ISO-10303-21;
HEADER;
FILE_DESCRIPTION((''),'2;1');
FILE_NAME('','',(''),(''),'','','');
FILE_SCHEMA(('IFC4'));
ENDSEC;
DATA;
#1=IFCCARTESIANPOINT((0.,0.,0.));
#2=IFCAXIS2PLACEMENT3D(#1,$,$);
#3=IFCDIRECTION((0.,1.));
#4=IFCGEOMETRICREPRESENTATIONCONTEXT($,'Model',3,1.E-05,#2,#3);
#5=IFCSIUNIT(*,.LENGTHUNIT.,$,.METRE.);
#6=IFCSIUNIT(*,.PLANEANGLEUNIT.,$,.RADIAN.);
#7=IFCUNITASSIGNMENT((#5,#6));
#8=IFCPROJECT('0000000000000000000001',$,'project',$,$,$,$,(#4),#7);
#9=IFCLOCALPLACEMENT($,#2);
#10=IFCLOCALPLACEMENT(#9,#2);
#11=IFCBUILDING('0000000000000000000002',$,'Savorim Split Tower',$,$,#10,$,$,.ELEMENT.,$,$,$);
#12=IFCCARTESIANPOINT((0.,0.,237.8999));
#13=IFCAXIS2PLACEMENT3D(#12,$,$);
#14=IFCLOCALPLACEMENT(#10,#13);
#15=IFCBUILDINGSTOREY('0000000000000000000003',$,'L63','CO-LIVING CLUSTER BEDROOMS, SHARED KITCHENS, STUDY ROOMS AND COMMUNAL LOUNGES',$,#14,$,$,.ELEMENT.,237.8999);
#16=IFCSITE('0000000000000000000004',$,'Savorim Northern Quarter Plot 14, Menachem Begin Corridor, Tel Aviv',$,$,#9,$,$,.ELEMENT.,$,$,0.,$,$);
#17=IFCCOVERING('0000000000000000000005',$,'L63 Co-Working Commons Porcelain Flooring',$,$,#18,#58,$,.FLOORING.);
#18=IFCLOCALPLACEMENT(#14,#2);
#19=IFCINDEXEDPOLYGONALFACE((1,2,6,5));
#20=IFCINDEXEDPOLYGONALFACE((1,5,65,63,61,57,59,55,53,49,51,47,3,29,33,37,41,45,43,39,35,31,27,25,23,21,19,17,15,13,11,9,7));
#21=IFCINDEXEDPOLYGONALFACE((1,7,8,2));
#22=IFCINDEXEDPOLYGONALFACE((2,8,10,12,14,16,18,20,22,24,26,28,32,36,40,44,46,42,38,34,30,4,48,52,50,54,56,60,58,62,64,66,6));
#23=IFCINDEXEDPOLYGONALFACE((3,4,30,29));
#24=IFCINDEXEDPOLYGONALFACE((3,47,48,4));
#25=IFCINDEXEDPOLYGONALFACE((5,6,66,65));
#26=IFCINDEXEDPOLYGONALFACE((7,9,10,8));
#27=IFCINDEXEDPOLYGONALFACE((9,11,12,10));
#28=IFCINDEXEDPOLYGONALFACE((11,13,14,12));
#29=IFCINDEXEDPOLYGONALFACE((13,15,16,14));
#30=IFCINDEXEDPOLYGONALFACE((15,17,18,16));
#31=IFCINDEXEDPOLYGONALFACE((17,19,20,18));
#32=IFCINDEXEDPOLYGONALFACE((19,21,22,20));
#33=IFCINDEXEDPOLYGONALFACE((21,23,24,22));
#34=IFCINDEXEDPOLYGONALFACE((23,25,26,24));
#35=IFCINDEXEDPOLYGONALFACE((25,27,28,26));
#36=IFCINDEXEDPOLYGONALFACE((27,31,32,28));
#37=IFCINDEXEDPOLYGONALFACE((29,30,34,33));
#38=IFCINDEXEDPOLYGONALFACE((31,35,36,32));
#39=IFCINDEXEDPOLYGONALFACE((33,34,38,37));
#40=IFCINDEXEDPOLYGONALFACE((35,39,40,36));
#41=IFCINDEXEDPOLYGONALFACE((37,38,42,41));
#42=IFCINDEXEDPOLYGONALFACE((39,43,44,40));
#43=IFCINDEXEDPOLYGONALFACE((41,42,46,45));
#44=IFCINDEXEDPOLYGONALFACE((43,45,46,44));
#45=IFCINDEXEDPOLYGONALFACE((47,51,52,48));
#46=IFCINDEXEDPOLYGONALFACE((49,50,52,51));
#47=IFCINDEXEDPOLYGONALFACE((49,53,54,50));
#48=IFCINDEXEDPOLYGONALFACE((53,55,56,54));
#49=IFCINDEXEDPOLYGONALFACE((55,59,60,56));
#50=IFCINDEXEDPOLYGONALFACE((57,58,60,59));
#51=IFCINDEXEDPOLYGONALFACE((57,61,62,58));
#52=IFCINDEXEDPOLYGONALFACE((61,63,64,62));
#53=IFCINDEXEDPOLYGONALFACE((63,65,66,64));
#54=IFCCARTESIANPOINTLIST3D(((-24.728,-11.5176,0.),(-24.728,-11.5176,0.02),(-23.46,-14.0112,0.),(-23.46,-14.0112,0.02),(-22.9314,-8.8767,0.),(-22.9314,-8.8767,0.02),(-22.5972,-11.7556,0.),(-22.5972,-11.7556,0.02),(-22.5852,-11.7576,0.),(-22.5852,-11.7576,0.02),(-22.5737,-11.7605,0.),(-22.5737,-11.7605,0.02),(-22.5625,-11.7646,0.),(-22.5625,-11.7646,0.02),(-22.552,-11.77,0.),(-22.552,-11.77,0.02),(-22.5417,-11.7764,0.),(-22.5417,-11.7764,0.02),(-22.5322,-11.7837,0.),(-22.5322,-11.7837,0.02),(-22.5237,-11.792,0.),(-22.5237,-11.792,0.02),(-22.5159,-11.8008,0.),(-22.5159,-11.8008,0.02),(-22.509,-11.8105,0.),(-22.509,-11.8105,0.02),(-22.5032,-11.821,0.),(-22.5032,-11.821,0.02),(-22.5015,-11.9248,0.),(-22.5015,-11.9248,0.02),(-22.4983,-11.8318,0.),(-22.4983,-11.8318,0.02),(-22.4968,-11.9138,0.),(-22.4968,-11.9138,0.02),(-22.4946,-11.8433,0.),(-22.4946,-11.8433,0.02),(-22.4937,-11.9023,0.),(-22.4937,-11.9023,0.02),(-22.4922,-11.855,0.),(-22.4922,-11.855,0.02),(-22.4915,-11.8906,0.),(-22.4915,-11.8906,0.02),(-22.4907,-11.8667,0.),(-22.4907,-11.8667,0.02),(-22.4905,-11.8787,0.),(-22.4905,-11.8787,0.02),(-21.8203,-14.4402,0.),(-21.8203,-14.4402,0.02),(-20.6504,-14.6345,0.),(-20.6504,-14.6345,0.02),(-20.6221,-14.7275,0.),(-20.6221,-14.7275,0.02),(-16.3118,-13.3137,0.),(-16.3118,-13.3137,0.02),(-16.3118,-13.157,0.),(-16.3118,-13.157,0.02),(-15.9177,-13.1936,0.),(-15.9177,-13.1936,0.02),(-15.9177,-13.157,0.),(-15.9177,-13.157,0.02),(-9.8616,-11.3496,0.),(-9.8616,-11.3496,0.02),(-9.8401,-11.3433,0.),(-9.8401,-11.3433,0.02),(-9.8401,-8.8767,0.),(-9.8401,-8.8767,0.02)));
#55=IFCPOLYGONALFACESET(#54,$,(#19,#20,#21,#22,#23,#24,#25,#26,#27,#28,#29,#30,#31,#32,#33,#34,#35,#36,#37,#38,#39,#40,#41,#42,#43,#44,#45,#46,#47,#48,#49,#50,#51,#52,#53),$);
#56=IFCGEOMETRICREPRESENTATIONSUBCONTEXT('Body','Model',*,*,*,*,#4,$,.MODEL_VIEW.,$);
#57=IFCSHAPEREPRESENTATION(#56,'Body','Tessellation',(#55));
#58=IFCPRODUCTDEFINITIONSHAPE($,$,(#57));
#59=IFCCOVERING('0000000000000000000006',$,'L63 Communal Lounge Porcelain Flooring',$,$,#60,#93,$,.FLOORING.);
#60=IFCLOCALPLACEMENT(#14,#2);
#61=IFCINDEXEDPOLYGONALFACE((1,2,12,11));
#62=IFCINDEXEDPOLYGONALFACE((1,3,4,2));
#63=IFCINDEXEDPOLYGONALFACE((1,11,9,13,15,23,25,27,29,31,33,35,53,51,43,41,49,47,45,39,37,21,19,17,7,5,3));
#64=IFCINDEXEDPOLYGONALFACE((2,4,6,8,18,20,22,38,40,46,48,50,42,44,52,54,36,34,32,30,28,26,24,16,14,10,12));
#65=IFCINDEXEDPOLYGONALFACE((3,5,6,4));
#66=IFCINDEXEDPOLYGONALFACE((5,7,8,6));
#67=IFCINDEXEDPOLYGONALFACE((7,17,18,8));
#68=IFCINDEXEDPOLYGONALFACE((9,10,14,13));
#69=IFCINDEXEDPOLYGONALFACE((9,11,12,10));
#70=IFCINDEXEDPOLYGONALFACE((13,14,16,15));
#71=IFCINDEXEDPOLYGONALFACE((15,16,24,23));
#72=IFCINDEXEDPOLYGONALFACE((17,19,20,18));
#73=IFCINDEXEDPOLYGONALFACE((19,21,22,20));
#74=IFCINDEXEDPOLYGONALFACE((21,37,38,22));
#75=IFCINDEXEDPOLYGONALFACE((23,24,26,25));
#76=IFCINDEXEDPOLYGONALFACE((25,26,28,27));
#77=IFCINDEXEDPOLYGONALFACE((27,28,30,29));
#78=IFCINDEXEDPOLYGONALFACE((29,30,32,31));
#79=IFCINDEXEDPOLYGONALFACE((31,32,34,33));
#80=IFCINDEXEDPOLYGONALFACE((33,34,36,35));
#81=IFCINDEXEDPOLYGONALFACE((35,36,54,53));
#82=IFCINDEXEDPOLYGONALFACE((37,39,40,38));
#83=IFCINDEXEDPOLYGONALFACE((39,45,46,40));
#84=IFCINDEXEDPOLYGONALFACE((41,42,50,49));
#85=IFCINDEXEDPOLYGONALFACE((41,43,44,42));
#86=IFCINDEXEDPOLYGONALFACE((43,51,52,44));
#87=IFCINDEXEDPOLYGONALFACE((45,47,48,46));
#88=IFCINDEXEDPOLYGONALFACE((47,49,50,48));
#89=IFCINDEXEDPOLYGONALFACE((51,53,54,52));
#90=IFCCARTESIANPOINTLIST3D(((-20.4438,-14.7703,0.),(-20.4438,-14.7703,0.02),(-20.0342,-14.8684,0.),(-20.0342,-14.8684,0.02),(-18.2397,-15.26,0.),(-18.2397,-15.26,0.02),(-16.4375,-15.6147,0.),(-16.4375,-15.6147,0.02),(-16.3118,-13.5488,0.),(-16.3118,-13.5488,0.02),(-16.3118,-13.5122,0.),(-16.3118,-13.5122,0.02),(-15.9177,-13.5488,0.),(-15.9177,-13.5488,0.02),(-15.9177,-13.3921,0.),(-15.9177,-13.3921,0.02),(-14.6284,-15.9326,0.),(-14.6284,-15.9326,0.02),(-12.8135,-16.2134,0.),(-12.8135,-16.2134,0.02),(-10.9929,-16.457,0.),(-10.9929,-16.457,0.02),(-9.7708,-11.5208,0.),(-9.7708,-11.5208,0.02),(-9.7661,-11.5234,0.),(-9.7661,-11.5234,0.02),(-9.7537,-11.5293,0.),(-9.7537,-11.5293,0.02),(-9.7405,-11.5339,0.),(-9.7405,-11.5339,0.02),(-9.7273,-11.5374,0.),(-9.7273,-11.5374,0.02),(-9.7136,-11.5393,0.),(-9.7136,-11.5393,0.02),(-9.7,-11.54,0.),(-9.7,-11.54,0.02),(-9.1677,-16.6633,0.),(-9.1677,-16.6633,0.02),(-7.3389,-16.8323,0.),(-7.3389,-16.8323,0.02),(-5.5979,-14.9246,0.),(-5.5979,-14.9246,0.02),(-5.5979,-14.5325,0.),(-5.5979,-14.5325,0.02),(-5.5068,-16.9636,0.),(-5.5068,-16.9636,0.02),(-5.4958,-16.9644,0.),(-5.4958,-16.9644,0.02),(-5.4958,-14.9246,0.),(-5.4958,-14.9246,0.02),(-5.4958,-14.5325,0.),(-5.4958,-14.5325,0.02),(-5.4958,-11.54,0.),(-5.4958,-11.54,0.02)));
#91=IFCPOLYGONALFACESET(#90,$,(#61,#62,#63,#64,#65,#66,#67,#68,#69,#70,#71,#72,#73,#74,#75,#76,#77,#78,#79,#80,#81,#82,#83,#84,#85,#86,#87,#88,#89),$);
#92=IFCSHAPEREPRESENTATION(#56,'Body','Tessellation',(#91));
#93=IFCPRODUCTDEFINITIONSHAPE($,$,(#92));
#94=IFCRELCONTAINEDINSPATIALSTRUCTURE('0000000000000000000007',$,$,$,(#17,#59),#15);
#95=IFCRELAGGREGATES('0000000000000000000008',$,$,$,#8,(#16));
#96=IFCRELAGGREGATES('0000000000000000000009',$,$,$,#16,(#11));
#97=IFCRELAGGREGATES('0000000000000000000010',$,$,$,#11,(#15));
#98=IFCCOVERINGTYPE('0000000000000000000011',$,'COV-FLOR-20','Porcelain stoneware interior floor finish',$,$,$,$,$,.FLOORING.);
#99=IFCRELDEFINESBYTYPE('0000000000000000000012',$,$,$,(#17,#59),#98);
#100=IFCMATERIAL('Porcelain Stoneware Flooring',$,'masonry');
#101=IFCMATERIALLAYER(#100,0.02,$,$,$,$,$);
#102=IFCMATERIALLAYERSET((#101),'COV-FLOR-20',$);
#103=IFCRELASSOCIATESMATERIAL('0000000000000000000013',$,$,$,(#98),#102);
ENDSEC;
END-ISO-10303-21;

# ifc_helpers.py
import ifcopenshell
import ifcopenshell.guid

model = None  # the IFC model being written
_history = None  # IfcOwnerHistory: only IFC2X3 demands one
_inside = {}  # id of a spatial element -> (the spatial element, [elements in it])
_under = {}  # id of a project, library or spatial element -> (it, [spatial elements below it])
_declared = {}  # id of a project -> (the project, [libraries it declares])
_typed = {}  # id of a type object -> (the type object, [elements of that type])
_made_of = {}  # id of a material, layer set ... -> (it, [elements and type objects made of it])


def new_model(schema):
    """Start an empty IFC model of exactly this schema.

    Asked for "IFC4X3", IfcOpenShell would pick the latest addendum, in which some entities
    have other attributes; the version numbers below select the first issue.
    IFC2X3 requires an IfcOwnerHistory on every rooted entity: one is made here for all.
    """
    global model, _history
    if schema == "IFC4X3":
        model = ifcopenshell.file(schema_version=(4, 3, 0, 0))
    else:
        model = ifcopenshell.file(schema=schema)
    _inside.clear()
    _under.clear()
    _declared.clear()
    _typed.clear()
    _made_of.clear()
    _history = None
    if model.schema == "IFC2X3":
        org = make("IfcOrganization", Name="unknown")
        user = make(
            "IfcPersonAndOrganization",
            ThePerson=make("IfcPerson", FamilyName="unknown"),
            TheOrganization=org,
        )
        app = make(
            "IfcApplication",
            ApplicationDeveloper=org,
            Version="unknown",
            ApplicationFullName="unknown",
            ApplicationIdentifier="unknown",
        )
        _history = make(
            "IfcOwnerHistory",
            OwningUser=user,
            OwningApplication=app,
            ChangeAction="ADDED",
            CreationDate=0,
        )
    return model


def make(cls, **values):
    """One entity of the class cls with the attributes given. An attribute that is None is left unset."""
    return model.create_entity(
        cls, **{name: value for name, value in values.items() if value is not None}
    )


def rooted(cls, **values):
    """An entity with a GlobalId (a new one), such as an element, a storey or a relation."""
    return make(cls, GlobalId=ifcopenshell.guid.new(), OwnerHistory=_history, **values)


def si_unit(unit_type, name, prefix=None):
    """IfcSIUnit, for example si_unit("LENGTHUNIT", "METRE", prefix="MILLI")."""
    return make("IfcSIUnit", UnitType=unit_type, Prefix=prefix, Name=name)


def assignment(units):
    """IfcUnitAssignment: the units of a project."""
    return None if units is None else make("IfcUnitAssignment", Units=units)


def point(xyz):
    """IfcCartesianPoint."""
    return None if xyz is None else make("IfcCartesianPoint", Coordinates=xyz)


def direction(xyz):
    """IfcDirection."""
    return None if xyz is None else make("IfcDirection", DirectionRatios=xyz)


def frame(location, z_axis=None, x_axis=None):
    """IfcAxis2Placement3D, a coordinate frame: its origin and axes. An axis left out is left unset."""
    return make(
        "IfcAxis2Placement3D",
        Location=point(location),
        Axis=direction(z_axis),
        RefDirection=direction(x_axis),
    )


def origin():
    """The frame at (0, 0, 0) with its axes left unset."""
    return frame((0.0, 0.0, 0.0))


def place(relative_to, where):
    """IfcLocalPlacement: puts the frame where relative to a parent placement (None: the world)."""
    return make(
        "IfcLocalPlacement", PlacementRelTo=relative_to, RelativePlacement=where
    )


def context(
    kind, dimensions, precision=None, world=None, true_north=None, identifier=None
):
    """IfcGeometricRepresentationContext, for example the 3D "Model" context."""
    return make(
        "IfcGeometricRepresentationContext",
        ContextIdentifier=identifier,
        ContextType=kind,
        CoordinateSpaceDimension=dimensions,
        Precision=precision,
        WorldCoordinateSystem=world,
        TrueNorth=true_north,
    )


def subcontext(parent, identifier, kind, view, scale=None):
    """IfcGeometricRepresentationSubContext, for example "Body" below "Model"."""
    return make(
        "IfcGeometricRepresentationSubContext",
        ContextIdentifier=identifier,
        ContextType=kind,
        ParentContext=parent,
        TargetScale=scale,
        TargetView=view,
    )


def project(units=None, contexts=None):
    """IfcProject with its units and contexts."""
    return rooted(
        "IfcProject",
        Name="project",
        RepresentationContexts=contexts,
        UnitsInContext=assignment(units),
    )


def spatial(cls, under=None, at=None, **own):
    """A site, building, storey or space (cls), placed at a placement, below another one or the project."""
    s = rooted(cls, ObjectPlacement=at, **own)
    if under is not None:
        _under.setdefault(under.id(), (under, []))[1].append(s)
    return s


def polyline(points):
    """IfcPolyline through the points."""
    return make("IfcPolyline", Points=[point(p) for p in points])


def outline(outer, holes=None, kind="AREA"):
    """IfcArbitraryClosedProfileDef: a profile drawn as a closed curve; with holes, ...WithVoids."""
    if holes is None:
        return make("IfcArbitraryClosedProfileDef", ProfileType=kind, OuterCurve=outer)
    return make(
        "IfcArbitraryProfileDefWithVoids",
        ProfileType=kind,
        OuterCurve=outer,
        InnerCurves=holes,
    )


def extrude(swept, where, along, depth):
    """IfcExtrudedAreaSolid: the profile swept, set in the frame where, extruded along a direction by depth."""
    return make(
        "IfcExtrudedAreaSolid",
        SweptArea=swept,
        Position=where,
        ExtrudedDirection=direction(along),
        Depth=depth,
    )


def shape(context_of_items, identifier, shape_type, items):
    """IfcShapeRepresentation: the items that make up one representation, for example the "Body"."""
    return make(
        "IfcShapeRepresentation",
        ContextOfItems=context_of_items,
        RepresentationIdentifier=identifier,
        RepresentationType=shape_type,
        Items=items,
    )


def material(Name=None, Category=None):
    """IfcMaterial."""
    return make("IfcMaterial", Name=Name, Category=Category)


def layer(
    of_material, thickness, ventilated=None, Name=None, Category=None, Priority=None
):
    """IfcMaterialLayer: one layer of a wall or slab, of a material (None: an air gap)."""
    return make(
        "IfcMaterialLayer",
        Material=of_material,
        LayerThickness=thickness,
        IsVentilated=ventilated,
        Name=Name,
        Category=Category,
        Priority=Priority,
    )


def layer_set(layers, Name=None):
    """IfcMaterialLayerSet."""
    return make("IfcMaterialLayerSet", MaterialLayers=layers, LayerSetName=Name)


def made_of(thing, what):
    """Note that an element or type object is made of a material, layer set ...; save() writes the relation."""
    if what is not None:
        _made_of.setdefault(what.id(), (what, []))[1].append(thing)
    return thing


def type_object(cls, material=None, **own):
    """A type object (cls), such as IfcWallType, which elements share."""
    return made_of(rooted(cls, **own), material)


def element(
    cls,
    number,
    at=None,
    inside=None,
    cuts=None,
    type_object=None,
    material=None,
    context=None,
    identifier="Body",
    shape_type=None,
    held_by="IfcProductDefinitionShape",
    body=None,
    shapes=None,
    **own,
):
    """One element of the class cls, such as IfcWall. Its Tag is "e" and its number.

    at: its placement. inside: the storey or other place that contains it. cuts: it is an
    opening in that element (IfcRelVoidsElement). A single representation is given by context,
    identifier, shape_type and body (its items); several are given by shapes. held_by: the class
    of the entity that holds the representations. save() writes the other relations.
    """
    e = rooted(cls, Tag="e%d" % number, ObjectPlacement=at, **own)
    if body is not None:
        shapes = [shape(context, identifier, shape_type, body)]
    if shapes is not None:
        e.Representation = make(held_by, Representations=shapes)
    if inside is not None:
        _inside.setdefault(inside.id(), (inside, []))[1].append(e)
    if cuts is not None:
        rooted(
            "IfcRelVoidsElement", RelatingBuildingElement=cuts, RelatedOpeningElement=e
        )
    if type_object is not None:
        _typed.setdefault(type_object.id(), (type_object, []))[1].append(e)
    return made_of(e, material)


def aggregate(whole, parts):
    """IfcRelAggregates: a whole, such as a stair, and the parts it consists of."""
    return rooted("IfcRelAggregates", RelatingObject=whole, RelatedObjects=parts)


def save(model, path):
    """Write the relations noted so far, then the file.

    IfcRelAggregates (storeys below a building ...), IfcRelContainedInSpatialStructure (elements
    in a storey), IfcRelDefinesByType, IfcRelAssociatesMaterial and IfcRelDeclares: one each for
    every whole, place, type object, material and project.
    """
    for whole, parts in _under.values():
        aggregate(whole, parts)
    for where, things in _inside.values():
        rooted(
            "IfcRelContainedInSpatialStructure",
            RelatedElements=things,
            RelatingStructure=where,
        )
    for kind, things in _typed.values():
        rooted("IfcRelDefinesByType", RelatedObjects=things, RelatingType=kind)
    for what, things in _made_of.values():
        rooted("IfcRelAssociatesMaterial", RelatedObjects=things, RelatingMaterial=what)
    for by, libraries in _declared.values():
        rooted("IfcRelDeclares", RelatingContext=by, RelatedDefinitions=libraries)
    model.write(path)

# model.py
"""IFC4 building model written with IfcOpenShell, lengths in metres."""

from ifc_helpers import new_model, si_unit, direction, frame, origin, place, context, subcontext, project, spatial, polyline, outline, extrude, material, layer, layer_set, type_object, element, save


model = new_model("IFC4")

# Units and contexts
model_context = context("Model", 3, precision=1e-05, world=origin(), true_north=direction((0.0, 1.0)))
body_context = subcontext(model_context, "Body", "Model", "MODEL_VIEW")
ifc_project = project(units=[si_unit("LENGTHUNIT", "METRE"), si_unit("PLANEANGLEUNIT", "RADIAN")], contexts=[model_context])

# Site, building, storey
site_placement = place(None, origin())
site = spatial("IfcSite", under=ifc_project, at=site_placement, Name="Savorim Northern Quarter Plot 14, Menachem Begin Corridor, Tel Aviv", CompositionType="ELEMENT", RefElevation=0.0)
building_placement = place(site_placement, origin())
building = spatial("IfcBuilding", under=site, at=building_placement, Name="Savorim Split Tower", CompositionType="ELEMENT")
storey_placement = place(building_placement, frame((0.0, 0.0, 237.8999)))
storey = spatial("IfcBuildingStorey", under=building, at=storey_placement, Name="L63", Description="CO-LIVING CLUSTER BEDROOMS, SHARED KITCHENS, STUDY ROOMS AND COMMUNAL LOUNGES", CompositionType="ELEMENT", Elevation=237.8999)

# Coverings
ifc_material_1 = material(Name="Porcelain Stoneware Flooring", Category="masonry")
ifc_layer_1 = layer(ifc_material_1, 0.02)
ifc_layer_set_1 = layer_set([ifc_layer_1], Name="COV-FLOR-20")
covering_type_1 = type_object("IfcCoveringType", Name="COV-FLOR-20", Description="Porcelain stoneware interior floor finish", PredefinedType="FLOORING", material=ifc_layer_set_1)
covering_1_placement = place(storey_placement, origin())
element("IfcCovering", 1, at=covering_1_placement, inside=storey, type_object=covering_type_1, Name="L63 Co-Working Commons Porcelain Flooring", PredefinedType="FLOORING", context=body_context, shape_type="SweptSolid", body=[
    extrude(outline(polyline([(-22.4907, -11.8667), (-22.4905, -11.8787), (-22.4915, -11.8906), (-22.4937, -11.9023), (-22.4968, -11.9138), (-22.5015, -11.9248), (-23.46, -14.0112), (-21.8203, -14.4402), (-20.6221, -14.7275), (-20.6504, -14.6345), (-16.3118, -13.3137), (-16.3118, -13.157), (-15.9177, -13.157), (-15.9177, -13.1936), (-9.8616, -11.3496), (-9.8401, -11.3433), (-9.8401, -8.8767), (-22.9314, -8.8767), (-24.728, -11.5176), (-22.5972, -11.7556), (-22.5852, -11.7576), (-22.5737, -11.7605), (-22.5625, -11.7646), (-22.552, -11.77), (-22.5417, -11.7764), (-22.5322, -11.7837), (-22.5237, -11.792), (-22.5159, -11.8008), (-22.509, -11.8105), (-22.5032, -11.821), (-22.4983, -11.8318), (-22.4946, -11.8433), (-22.4922, -11.855), (-22.4907, -11.8667)])), origin(), (0.0, 0.0, 1.0), 0.02),
])
covering_2_placement = place(storey_placement, origin())
element("IfcCovering", 2, at=covering_2_placement, inside=storey, type_object=covering_type_1, Name="L63 Communal Lounge Porcelain Flooring", PredefinedType="FLOORING", context=body_context, shape_type="SweptSolid", body=[
    extrude(outline(polyline([(-10.9929, -16.457), (-9.1677, -16.6633), (-7.3389, -16.8323), (-5.5068, -16.9636), (-5.4958, -16.9644), (-5.4958, -14.9246), (-5.5979, -14.9246), (-5.5979, -14.5325), (-5.4958, -14.5325), (-5.4958, -11.54), (-9.7, -11.54), (-9.7136, -11.5393), (-9.7273, -11.5374), (-9.7405, -11.5339), (-9.7537, -11.5293), (-9.7661, -11.5234), (-9.7708, -11.5208), (-15.9177, -13.3921), (-15.9177, -13.5488), (-16.3118, -13.5488), (-16.3118, -13.5122), (-20.4438, -14.7703), (-20.0342, -14.8684), (-18.2397, -15.26), (-16.4375, -15.6147), (-14.6284, -15.9326), (-12.8135, -16.2134), (-10.9929, -16.457)])), origin(), (0.0, 0.0, 1.0), 0.02),
])

save(model, "model.ifc")
